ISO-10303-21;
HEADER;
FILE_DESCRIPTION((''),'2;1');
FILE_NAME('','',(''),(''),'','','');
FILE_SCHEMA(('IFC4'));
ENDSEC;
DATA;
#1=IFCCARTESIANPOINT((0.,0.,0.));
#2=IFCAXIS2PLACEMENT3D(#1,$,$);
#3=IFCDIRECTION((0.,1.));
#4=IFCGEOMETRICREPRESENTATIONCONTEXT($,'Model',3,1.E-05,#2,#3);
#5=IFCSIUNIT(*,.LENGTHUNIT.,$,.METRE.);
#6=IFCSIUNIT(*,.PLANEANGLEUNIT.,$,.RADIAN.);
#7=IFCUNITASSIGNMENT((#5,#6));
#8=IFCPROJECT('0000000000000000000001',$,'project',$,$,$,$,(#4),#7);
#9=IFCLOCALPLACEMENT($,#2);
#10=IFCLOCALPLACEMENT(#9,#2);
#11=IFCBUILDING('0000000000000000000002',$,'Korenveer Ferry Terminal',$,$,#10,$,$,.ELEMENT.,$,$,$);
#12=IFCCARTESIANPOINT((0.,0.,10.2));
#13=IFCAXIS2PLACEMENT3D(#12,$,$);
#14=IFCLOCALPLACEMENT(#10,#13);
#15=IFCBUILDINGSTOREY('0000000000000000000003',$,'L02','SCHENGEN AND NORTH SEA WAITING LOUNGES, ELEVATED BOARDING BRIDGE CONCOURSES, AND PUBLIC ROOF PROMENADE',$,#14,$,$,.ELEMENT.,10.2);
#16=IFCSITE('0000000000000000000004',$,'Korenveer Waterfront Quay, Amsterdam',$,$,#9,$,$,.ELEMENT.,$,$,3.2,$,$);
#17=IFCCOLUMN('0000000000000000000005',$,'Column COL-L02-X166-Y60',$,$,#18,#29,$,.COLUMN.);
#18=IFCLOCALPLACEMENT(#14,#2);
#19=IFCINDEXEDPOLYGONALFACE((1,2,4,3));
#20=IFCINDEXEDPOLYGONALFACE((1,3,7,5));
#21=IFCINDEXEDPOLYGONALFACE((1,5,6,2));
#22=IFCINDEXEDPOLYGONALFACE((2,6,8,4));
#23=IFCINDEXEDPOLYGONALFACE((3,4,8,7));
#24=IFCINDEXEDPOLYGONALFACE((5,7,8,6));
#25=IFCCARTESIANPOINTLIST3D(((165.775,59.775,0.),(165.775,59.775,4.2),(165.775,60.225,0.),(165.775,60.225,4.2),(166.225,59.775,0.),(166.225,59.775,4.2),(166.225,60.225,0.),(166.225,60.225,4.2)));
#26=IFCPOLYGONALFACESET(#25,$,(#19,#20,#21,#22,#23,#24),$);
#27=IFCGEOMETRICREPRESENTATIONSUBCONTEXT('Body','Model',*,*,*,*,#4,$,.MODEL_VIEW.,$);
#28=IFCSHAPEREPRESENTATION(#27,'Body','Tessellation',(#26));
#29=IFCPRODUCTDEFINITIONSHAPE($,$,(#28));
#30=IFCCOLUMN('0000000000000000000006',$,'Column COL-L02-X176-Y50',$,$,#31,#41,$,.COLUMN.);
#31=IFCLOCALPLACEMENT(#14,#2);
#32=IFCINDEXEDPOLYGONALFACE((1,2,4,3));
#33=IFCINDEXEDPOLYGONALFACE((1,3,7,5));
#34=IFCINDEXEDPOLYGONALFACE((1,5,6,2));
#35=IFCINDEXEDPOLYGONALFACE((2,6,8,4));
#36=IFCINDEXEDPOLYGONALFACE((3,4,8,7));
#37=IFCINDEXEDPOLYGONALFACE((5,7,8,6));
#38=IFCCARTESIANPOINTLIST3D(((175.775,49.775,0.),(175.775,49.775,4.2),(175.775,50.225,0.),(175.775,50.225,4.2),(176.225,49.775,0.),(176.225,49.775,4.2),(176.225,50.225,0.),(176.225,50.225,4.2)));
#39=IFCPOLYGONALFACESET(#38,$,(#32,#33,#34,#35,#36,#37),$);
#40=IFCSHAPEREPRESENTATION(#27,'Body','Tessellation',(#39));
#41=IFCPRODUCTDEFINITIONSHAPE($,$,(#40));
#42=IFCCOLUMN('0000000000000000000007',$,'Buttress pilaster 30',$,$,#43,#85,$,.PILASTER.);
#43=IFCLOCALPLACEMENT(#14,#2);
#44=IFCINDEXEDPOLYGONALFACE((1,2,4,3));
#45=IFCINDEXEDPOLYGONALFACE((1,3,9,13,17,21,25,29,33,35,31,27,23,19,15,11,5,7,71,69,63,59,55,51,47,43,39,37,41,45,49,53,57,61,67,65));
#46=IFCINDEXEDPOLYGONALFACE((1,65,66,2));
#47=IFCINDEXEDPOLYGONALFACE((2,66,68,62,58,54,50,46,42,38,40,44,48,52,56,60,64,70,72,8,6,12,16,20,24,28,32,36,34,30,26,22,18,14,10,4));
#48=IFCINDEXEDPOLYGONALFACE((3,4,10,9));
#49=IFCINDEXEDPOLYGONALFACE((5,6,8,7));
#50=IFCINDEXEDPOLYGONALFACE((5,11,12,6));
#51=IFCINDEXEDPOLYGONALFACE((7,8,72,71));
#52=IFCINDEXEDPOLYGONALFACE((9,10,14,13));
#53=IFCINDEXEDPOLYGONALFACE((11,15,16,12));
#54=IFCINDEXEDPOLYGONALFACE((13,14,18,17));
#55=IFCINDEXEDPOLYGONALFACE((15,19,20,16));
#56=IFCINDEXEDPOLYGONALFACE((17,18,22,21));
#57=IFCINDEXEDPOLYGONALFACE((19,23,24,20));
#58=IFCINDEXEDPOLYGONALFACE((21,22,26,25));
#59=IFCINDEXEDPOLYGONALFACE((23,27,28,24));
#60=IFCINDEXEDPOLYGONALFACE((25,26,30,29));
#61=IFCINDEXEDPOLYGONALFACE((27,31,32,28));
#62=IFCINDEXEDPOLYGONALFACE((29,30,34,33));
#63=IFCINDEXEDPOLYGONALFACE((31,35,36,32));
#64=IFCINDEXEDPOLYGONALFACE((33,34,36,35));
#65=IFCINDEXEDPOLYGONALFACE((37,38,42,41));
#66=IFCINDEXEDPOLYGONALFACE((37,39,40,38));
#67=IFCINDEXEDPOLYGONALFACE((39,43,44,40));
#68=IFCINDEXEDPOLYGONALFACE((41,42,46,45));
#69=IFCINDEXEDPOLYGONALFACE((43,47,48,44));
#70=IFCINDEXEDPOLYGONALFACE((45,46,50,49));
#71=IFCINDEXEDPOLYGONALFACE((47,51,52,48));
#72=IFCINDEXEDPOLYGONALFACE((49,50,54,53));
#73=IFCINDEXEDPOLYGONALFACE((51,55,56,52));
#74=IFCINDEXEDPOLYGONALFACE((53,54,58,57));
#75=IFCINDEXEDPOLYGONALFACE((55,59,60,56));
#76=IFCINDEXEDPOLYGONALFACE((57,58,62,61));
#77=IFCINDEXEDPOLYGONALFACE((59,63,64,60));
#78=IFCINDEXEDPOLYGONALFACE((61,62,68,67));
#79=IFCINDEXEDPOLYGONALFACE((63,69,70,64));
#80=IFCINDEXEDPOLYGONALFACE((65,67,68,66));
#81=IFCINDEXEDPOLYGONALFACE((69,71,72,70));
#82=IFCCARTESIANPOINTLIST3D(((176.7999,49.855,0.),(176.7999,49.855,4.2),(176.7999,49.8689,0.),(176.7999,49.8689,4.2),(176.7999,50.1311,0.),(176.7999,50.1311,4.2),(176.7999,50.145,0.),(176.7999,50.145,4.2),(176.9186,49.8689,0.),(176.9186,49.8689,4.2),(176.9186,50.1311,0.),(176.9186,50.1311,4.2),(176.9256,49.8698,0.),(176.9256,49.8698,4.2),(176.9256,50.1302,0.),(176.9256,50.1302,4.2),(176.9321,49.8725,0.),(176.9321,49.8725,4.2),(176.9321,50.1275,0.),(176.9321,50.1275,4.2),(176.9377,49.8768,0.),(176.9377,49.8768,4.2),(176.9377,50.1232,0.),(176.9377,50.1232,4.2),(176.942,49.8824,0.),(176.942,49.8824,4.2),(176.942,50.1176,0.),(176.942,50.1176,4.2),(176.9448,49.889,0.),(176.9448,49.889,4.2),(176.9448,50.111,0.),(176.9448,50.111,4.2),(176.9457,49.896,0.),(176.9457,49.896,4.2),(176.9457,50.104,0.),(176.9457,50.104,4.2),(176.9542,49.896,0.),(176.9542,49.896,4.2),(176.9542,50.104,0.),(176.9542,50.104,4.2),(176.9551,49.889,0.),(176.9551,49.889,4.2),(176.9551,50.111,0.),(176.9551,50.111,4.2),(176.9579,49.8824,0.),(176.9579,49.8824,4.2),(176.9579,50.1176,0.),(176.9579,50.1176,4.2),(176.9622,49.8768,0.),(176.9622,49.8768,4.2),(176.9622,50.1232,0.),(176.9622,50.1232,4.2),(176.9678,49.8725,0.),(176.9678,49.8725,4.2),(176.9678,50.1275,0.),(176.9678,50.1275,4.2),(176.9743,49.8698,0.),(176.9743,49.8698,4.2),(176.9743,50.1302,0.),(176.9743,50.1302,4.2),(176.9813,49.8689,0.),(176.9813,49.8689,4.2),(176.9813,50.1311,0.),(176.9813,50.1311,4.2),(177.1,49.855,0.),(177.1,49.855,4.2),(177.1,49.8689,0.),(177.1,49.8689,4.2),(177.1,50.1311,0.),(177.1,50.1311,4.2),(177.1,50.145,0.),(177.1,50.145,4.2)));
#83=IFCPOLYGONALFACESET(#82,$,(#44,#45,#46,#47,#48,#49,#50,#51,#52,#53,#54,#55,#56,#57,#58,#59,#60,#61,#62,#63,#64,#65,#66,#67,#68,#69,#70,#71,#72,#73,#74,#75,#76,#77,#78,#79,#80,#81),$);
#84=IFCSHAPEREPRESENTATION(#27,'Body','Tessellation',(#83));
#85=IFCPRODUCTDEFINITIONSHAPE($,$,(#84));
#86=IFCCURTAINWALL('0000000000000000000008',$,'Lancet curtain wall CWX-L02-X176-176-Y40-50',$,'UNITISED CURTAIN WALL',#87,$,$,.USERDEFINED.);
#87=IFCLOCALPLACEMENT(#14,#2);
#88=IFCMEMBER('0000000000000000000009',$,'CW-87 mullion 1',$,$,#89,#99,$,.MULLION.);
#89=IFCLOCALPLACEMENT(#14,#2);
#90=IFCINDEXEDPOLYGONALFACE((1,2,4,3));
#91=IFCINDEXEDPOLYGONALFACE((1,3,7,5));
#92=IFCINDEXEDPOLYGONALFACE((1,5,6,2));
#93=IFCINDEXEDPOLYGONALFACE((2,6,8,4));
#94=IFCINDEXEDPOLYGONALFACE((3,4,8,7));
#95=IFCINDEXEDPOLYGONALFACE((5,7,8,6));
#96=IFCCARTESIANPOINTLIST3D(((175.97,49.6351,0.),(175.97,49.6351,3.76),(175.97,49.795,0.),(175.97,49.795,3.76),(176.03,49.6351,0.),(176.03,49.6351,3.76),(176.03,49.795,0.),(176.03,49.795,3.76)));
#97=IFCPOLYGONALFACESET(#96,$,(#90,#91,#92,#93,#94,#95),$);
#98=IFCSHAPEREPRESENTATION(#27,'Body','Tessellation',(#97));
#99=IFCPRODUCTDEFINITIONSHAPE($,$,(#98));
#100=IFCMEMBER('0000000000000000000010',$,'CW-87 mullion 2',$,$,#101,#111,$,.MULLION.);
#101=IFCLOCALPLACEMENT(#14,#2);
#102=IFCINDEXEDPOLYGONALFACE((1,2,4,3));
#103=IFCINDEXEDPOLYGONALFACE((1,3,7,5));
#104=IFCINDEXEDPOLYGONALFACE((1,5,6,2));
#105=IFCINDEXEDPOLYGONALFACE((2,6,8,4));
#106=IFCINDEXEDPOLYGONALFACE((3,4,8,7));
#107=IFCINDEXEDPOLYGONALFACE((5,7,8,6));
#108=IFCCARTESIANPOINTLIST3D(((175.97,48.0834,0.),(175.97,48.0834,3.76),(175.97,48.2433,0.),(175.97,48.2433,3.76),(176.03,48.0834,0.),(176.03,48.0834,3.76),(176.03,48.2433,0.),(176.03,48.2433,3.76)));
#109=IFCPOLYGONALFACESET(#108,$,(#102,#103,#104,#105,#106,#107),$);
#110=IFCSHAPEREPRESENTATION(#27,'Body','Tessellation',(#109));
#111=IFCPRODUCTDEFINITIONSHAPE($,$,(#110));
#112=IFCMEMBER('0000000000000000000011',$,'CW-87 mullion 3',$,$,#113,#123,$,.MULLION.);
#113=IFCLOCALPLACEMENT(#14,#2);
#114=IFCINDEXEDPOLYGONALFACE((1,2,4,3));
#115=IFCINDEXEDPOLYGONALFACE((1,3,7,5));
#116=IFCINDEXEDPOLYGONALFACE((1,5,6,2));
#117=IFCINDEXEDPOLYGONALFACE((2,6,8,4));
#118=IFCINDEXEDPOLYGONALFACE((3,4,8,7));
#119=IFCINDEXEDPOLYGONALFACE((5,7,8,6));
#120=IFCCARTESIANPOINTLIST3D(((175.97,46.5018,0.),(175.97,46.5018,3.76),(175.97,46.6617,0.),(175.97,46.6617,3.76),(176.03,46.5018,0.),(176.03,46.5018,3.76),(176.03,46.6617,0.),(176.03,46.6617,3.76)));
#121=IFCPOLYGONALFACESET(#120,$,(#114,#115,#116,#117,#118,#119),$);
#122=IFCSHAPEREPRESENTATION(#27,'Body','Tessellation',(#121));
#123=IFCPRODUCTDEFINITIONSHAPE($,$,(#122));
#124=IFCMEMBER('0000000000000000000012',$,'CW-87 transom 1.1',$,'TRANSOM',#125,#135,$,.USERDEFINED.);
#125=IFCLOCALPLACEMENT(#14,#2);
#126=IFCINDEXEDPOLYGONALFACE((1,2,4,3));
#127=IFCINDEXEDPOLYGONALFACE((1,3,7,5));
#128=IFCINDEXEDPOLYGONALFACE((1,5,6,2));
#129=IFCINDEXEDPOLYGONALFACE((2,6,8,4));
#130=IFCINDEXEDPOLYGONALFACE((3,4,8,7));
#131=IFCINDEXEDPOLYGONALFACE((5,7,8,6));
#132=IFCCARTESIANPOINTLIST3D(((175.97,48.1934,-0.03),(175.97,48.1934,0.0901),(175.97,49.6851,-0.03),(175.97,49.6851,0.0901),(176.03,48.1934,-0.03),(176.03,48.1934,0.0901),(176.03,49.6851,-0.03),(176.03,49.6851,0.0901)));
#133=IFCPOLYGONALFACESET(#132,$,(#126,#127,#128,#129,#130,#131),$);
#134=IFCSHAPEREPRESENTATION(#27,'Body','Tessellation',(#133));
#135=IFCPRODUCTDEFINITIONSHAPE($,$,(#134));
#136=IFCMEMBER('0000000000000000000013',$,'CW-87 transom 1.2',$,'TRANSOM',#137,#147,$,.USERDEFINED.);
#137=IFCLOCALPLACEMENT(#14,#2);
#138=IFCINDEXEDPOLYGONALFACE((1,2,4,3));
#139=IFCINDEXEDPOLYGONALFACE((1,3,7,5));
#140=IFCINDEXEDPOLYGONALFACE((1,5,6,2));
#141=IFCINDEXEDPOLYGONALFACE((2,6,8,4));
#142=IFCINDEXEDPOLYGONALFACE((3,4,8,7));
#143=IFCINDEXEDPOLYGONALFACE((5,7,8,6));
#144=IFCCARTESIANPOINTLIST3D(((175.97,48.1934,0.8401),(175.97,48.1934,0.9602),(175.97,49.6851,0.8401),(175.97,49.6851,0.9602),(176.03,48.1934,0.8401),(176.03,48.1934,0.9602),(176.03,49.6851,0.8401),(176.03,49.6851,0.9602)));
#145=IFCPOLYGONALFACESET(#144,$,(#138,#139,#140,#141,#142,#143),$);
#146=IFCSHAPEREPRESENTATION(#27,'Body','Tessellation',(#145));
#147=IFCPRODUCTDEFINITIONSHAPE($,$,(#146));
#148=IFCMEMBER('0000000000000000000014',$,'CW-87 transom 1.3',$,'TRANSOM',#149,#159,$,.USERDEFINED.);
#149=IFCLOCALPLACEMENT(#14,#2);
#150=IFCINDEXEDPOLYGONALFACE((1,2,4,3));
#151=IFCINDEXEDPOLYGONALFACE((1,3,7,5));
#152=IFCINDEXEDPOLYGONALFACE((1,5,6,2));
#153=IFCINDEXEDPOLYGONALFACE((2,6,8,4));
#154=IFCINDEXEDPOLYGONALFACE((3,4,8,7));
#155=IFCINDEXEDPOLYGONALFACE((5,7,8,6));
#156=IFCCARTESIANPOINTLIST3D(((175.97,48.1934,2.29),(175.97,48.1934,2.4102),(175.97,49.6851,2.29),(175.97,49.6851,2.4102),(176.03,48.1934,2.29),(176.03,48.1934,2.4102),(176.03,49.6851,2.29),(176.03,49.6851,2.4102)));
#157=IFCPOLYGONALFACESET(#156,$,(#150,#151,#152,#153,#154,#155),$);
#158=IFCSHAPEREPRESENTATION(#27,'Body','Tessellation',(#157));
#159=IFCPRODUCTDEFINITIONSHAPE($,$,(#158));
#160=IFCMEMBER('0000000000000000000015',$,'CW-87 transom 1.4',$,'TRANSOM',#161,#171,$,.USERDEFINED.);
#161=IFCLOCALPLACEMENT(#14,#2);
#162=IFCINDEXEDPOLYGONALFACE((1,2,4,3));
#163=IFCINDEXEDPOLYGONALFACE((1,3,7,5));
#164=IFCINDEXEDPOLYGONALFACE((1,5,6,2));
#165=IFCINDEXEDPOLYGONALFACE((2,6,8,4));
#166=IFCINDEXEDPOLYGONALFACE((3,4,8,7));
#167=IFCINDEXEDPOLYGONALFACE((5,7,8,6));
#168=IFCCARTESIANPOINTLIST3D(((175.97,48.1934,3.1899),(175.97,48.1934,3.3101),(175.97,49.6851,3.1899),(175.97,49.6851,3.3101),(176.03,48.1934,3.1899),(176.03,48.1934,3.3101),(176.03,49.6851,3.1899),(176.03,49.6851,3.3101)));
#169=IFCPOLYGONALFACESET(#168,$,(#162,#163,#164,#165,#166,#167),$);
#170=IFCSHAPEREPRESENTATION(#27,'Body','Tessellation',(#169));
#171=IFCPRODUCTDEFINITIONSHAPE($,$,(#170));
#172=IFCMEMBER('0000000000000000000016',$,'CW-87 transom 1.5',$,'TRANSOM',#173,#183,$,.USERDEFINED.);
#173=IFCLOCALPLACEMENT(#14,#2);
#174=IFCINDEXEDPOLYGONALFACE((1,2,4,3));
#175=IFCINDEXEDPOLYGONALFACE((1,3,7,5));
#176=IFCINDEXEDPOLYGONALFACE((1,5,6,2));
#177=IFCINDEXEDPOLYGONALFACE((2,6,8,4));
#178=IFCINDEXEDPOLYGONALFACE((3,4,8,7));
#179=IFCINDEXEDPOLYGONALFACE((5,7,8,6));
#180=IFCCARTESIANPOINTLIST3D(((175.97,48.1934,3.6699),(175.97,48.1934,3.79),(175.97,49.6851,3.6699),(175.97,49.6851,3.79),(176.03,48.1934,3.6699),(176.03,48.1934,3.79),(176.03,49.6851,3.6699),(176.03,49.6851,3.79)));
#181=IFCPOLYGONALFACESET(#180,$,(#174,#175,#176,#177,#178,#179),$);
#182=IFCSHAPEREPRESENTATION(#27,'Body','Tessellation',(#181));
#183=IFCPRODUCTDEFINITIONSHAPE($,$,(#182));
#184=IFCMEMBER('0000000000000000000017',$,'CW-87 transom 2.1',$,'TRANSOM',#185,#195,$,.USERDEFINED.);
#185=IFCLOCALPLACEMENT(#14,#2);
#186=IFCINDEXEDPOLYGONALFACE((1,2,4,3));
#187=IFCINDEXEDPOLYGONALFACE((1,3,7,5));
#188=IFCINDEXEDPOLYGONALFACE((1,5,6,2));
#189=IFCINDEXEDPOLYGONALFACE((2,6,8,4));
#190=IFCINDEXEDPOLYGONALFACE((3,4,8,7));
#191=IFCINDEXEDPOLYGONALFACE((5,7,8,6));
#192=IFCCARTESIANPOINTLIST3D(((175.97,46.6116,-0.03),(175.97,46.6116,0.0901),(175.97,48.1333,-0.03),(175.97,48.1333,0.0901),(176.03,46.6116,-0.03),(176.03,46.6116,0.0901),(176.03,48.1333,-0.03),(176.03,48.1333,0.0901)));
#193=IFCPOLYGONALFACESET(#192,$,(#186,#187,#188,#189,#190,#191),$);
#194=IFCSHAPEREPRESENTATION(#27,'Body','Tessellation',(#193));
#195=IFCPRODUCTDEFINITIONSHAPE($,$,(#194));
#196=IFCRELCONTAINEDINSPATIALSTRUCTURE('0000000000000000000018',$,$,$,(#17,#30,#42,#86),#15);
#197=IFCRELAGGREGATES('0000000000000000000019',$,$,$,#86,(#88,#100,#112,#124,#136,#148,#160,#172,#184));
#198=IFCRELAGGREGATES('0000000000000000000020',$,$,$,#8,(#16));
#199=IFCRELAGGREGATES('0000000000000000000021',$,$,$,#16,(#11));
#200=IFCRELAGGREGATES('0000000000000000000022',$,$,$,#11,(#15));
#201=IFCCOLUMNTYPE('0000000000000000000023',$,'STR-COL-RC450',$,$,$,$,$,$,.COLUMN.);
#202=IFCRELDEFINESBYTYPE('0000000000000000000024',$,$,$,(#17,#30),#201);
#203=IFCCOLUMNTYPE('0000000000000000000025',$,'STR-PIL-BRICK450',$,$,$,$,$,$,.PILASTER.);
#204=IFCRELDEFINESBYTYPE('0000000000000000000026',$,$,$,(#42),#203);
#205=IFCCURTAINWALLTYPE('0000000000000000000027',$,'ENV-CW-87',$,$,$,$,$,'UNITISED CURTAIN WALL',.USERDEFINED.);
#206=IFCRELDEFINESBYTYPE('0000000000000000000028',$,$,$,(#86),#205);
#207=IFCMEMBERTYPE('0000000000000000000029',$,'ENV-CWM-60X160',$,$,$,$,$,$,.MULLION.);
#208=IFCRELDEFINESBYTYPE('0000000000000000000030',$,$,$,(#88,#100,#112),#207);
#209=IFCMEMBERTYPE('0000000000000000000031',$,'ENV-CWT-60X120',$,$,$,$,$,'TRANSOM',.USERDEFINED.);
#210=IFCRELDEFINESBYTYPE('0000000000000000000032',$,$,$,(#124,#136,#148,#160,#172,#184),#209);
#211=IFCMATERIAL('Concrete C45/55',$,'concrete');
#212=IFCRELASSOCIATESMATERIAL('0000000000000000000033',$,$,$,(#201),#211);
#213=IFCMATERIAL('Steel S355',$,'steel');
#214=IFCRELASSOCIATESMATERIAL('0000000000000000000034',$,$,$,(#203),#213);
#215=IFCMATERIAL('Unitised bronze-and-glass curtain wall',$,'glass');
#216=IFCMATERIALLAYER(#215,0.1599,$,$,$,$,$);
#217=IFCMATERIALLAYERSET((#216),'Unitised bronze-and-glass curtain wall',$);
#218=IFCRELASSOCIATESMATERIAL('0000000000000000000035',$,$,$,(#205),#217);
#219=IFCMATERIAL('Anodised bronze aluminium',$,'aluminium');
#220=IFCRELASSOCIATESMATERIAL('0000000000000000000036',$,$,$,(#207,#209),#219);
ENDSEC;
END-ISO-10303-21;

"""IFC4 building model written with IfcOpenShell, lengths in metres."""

from ifc_helpers import new_model, si_unit, direction, frame, origin, origin_2d, place, context, subcontext, project, spatial, rectangle, i_section, extrude, material, layer, layer_set, material_profile, profile_set, type_object, element, aggregate, save


model = new_model("IFC4")

# Units and contexts
model_context = context("Model", 3, precision=1e-05, world=origin(), true_north=direction((0.0, 1.0)))
body_context = subcontext(model_context, "Body", "Model", "MODEL_VIEW")
ifc_project = project(units=[si_unit("LENGTHUNIT", "METRE"), si_unit("PLANEANGLEUNIT", "RADIAN")], contexts=[model_context])

# Site, building, storey
site_placement = place(None, origin())
site = spatial("IfcSite", under=ifc_project, at=site_placement, Name="Korenveer Waterfront Quay, Amsterdam", CompositionType="ELEMENT", RefElevation=3.2)
building_placement = place(site_placement, origin())
building = spatial("IfcBuilding", under=site, at=building_placement, Name="Korenveer Ferry Terminal", CompositionType="ELEMENT")
storey_placement = place(building_placement, frame((0.0, 0.0, 10.2)))
storey = spatial("IfcBuildingStorey", under=building, at=storey_placement, Name="L02", Description="SCHENGEN AND NORTH SEA WAITING LOUNGES, ELEVATED BOARDING BRIDGE CONCOURSES, AND PUBLIC ROOF PROMENADE", CompositionType="ELEMENT", Elevation=10.2)

# Columns
ifc_material_1 = material(Name="Concrete C45/55", Category="concrete")
ifc_material_profile_1 = material_profile(ifc_material_1, rectangle(XDim=0.45, YDim=0.45, at=origin_2d()), Name="RC 450x450")
ifc_profile_set_1 = profile_set([ifc_material_profile_1], Name="Concrete C45/55")
column_type_1 = type_object("IfcColumnType", Name="STR-COL-RC450", PredefinedType="COLUMN", material=ifc_profile_set_1)
for number, where, z_axis, x_axis, name in (
    (1, (166.0, 60.0, 0.0), (0.0, 0.0, 1.0), (1.0, 0.0, 0.0), "Column COL-L02-X166-Y60"),
    (2, (176.0, 50.0, 0.0), (0.0, 0.0, 1.0), (1.0, 0.0, 0.0), "Column COL-L02-X176-Y50"),
):
    element("IfcColumn", number, at=place(storey_placement, frame(where, z_axis=z_axis, x_axis=x_axis)), inside=storey, type_object=column_type_1, Name=name, PredefinedType="COLUMN", context=body_context, shape_type="SweptSolid", body=[
        extrude(rectangle(XDim=0.45, YDim=0.45, at=origin_2d()), origin(), (0.0, 0.0, 1.0), 4.2),
    ])
ifc_material_2 = material(Name="Steel S355", Category="steel")
ifc_material_profile_2 = material_profile(ifc_material_2, i_section(OverallWidth=0.3, OverallDepth=0.29, WebThickness=0.0085, FlangeThickness=0.0139, FilletRadius=0.0271, at=origin_2d()), Name="HEA 300")
ifc_profile_set_2 = profile_set([ifc_material_profile_2], Name="Steel S355")
column_type_2 = type_object("IfcColumnType", Name="STR-PIL-BRICK450", PredefinedType="PILASTER", material=ifc_profile_set_2)
column_placement = place(storey_placement, frame((176.95, 50.0, 0.0), z_axis=(0.0, 0.0, 1.0), x_axis=(1.0, 0.0, 0.0)))
element("IfcColumn", 3, at=column_placement, inside=storey, type_object=column_type_2, Name="Buttress pilaster 30", PredefinedType="PILASTER", context=body_context, shape_type="SweptSolid", body=[
    extrude(i_section(OverallWidth=0.3, OverallDepth=0.29, WebThickness=0.0085, FlangeThickness=0.0139, FilletRadius=0.0271, at=origin_2d()), origin(), (0.0, 0.0, 1.0), 4.2),
])

# Curtain wall, members
ifc_material_3 = material(Name="Unitised bronze-and-glass curtain wall", Category="glass")
ifc_layer_1 = layer(ifc_material_3, 0.1599)
ifc_layer_set_1 = layer_set([ifc_layer_1], Name="Unitised bronze-and-glass curtain wall")
curtain_wall_type = type_object("IfcCurtainWallType", Name="ENV-CW-87", ElementType="UNITISED CURTAIN WALL", PredefinedType="USERDEFINED", material=ifc_layer_set_1)
curtain_wall_placement = place(storey_placement, frame((176.0, 49.7451, 0.0)))
curtain_wall = element("IfcCurtainWall", 4, at=curtain_wall_placement, inside=storey, type_object=curtain_wall_type, Name="Lancet curtain wall CWX-L02-X176-176-Y40-50", ObjectType="UNITISED CURTAIN WALL", PredefinedType="USERDEFINED")
ifc_material_4 = material(Name="Anodised bronze aluminium", Category="aluminium")
ifc_material_profile_3 = material_profile(ifc_material_4, rectangle(XDim=0.0601, YDim=0.1599, at=origin_2d()), Name="ALU 60x160")
ifc_profile_set_3 = profile_set([ifc_material_profile_3], Name="Anodised bronze aluminium")
member_type_1 = type_object("IfcMemberType", Name="ENV-CWM-60X160", PredefinedType="MULLION", material=ifc_profile_set_3)
member_1_placement = place(storey_placement, frame((176.0, 49.7151, 0.0), z_axis=(0.0, 0.0, 1.0), x_axis=(1.0, 0.0, 0.0)))
member_1 = element("IfcMember", 5, at=member_1_placement, type_object=member_type_1, Name="CW-87 mullion 1", PredefinedType="MULLION", context=body_context, shape_type="SweptSolid", body=[
    extrude(rectangle(XDim=0.0601, YDim=0.1599, at=origin_2d()), origin(), (0.0, 0.0, 1.0), 3.76),
])
member_2_placement = place(storey_placement, frame((176.0, 48.1633, 0.0), z_axis=(0.0, 0.0, 1.0), x_axis=(1.0, 0.0, 0.0)))
member_2 = element("IfcMember", 6, at=member_2_placement, type_object=member_type_1, Name="CW-87 mullion 2", PredefinedType="MULLION", context=body_context, shape_type="SweptSolid", body=[
    extrude(rectangle(XDim=0.0601, YDim=0.1599, at=origin_2d()), origin(), (0.0, 0.0, 1.0), 3.76),
])
member_3_placement = place(storey_placement, frame((176.0, 46.5818, 0.0), z_axis=(0.0, 0.0, 1.0), x_axis=(1.0, 0.0, 0.0)))
member_3 = element("IfcMember", 7, at=member_3_placement, type_object=member_type_1, Name="CW-87 mullion 3", PredefinedType="MULLION", context=body_context, shape_type="SweptSolid", body=[
    extrude(rectangle(XDim=0.0601, YDim=0.1599, at=origin_2d()), origin(), (0.0, 0.0, 1.0), 3.76),
])
ifc_material_profile_4 = material_profile(ifc_material_4, rectangle(XDim=0.0601, YDim=0.1201, at=origin_2d()), Name="ALU 60x120")
ifc_profile_set_4 = profile_set([ifc_material_profile_4], Name="Anodised bronze aluminium")
member_type_2 = type_object("IfcMemberType", Name="ENV-CWT-60X120", ElementType="TRANSOM", PredefinedType="USERDEFINED", material=ifc_profile_set_4)
member_4_placement = place(storey_placement, frame((176.0, 49.6851, 0.03), z_axis=(0.0, -1.0, 0.0), x_axis=(1.0, 0.0, 0.0)))
member_4 = element("IfcMember", 8, at=member_4_placement, type_object=member_type_2, Name="CW-87 transom 1.1", ObjectType="TRANSOM", PredefinedType="USERDEFINED", context=body_context, shape_type="SweptSolid", body=[
    extrude(rectangle(XDim=0.0601, YDim=0.1201, at=origin_2d()), origin(), (0.0, 0.0, 1.0), 1.4917),
])
member_5_placement = place(storey_placement, frame((176.0, 49.6851, 0.9001), z_axis=(0.0, -1.0, 0.0), x_axis=(1.0, 0.0, 0.0)))
member_5 = element("IfcMember", 9, at=member_5_placement, type_object=member_type_2, Name="CW-87 transom 1.2", ObjectType="TRANSOM", PredefinedType="USERDEFINED", context=body_context, shape_type="SweptSolid", body=[
    extrude(rectangle(XDim=0.0601, YDim=0.1201, at=origin_2d()), origin(), (0.0, 0.0, 1.0), 1.4917),
])
member_6_placement = place(storey_placement, frame((176.0, 49.6851, 2.3501), z_axis=(0.0, -1.0, 0.0), x_axis=(1.0, 0.0, 0.0)))
member_6 = element("IfcMember", 10, at=member_6_placement, type_object=member_type_2, Name="CW-87 transom 1.3", ObjectType="TRANSOM", PredefinedType="USERDEFINED", context=body_context, shape_type="SweptSolid", body=[
    extrude(rectangle(XDim=0.0601, YDim=0.1201, at=origin_2d()), origin(), (0.0, 0.0, 1.0), 1.4917),
])
member_7_placement = place(storey_placement, frame((176.0, 49.6851, 3.25), z_axis=(0.0, -1.0, 0.0), x_axis=(1.0, 0.0, 0.0)))
member_7 = element("IfcMember", 11, at=member_7_placement, type_object=member_type_2, Name="CW-87 transom 1.4", ObjectType="TRANSOM", PredefinedType="USERDEFINED", context=body_context, shape_type="SweptSolid", body=[
    extrude(rectangle(XDim=0.0601, YDim=0.1201, at=origin_2d()), origin(), (0.0, 0.0, 1.0), 1.4917),
])
member_8_placement = place(storey_placement, frame((176.0, 49.6851, 3.73), z_axis=(0.0, -1.0, 0.0), x_axis=(1.0, 0.0, 0.0)))
member_8 = element("IfcMember", 12, at=member_8_placement, type_object=member_type_2, Name="CW-87 transom 1.5", ObjectType="TRANSOM", PredefinedType="USERDEFINED", context=body_context, shape_type="SweptSolid", body=[
    extrude(rectangle(XDim=0.0601, YDim=0.1201, at=origin_2d()), origin(), (0.0, 0.0, 1.0), 1.4917),
])
member_9_placement = place(storey_placement, frame((176.0, 48.1333, 0.03), z_axis=(0.0, -1.0, 0.0), x_axis=(1.0, 0.0, 0.0)))
member_9 = element("IfcMember", 13, at=member_9_placement, type_object=member_type_2, Name="CW-87 transom 2.1", ObjectType="TRANSOM", PredefinedType="USERDEFINED", context=body_context, shape_type="SweptSolid", body=[
    extrude(rectangle(XDim=0.0601, YDim=0.1201, at=origin_2d()), origin(), (0.0, 0.0, 1.0), 1.5217),
])

aggregate(curtain_wall, [member_1, member_2, member_3, member_4, member_5, member_6, member_7, member_8, member_9])

save(model, "model.ifc")
